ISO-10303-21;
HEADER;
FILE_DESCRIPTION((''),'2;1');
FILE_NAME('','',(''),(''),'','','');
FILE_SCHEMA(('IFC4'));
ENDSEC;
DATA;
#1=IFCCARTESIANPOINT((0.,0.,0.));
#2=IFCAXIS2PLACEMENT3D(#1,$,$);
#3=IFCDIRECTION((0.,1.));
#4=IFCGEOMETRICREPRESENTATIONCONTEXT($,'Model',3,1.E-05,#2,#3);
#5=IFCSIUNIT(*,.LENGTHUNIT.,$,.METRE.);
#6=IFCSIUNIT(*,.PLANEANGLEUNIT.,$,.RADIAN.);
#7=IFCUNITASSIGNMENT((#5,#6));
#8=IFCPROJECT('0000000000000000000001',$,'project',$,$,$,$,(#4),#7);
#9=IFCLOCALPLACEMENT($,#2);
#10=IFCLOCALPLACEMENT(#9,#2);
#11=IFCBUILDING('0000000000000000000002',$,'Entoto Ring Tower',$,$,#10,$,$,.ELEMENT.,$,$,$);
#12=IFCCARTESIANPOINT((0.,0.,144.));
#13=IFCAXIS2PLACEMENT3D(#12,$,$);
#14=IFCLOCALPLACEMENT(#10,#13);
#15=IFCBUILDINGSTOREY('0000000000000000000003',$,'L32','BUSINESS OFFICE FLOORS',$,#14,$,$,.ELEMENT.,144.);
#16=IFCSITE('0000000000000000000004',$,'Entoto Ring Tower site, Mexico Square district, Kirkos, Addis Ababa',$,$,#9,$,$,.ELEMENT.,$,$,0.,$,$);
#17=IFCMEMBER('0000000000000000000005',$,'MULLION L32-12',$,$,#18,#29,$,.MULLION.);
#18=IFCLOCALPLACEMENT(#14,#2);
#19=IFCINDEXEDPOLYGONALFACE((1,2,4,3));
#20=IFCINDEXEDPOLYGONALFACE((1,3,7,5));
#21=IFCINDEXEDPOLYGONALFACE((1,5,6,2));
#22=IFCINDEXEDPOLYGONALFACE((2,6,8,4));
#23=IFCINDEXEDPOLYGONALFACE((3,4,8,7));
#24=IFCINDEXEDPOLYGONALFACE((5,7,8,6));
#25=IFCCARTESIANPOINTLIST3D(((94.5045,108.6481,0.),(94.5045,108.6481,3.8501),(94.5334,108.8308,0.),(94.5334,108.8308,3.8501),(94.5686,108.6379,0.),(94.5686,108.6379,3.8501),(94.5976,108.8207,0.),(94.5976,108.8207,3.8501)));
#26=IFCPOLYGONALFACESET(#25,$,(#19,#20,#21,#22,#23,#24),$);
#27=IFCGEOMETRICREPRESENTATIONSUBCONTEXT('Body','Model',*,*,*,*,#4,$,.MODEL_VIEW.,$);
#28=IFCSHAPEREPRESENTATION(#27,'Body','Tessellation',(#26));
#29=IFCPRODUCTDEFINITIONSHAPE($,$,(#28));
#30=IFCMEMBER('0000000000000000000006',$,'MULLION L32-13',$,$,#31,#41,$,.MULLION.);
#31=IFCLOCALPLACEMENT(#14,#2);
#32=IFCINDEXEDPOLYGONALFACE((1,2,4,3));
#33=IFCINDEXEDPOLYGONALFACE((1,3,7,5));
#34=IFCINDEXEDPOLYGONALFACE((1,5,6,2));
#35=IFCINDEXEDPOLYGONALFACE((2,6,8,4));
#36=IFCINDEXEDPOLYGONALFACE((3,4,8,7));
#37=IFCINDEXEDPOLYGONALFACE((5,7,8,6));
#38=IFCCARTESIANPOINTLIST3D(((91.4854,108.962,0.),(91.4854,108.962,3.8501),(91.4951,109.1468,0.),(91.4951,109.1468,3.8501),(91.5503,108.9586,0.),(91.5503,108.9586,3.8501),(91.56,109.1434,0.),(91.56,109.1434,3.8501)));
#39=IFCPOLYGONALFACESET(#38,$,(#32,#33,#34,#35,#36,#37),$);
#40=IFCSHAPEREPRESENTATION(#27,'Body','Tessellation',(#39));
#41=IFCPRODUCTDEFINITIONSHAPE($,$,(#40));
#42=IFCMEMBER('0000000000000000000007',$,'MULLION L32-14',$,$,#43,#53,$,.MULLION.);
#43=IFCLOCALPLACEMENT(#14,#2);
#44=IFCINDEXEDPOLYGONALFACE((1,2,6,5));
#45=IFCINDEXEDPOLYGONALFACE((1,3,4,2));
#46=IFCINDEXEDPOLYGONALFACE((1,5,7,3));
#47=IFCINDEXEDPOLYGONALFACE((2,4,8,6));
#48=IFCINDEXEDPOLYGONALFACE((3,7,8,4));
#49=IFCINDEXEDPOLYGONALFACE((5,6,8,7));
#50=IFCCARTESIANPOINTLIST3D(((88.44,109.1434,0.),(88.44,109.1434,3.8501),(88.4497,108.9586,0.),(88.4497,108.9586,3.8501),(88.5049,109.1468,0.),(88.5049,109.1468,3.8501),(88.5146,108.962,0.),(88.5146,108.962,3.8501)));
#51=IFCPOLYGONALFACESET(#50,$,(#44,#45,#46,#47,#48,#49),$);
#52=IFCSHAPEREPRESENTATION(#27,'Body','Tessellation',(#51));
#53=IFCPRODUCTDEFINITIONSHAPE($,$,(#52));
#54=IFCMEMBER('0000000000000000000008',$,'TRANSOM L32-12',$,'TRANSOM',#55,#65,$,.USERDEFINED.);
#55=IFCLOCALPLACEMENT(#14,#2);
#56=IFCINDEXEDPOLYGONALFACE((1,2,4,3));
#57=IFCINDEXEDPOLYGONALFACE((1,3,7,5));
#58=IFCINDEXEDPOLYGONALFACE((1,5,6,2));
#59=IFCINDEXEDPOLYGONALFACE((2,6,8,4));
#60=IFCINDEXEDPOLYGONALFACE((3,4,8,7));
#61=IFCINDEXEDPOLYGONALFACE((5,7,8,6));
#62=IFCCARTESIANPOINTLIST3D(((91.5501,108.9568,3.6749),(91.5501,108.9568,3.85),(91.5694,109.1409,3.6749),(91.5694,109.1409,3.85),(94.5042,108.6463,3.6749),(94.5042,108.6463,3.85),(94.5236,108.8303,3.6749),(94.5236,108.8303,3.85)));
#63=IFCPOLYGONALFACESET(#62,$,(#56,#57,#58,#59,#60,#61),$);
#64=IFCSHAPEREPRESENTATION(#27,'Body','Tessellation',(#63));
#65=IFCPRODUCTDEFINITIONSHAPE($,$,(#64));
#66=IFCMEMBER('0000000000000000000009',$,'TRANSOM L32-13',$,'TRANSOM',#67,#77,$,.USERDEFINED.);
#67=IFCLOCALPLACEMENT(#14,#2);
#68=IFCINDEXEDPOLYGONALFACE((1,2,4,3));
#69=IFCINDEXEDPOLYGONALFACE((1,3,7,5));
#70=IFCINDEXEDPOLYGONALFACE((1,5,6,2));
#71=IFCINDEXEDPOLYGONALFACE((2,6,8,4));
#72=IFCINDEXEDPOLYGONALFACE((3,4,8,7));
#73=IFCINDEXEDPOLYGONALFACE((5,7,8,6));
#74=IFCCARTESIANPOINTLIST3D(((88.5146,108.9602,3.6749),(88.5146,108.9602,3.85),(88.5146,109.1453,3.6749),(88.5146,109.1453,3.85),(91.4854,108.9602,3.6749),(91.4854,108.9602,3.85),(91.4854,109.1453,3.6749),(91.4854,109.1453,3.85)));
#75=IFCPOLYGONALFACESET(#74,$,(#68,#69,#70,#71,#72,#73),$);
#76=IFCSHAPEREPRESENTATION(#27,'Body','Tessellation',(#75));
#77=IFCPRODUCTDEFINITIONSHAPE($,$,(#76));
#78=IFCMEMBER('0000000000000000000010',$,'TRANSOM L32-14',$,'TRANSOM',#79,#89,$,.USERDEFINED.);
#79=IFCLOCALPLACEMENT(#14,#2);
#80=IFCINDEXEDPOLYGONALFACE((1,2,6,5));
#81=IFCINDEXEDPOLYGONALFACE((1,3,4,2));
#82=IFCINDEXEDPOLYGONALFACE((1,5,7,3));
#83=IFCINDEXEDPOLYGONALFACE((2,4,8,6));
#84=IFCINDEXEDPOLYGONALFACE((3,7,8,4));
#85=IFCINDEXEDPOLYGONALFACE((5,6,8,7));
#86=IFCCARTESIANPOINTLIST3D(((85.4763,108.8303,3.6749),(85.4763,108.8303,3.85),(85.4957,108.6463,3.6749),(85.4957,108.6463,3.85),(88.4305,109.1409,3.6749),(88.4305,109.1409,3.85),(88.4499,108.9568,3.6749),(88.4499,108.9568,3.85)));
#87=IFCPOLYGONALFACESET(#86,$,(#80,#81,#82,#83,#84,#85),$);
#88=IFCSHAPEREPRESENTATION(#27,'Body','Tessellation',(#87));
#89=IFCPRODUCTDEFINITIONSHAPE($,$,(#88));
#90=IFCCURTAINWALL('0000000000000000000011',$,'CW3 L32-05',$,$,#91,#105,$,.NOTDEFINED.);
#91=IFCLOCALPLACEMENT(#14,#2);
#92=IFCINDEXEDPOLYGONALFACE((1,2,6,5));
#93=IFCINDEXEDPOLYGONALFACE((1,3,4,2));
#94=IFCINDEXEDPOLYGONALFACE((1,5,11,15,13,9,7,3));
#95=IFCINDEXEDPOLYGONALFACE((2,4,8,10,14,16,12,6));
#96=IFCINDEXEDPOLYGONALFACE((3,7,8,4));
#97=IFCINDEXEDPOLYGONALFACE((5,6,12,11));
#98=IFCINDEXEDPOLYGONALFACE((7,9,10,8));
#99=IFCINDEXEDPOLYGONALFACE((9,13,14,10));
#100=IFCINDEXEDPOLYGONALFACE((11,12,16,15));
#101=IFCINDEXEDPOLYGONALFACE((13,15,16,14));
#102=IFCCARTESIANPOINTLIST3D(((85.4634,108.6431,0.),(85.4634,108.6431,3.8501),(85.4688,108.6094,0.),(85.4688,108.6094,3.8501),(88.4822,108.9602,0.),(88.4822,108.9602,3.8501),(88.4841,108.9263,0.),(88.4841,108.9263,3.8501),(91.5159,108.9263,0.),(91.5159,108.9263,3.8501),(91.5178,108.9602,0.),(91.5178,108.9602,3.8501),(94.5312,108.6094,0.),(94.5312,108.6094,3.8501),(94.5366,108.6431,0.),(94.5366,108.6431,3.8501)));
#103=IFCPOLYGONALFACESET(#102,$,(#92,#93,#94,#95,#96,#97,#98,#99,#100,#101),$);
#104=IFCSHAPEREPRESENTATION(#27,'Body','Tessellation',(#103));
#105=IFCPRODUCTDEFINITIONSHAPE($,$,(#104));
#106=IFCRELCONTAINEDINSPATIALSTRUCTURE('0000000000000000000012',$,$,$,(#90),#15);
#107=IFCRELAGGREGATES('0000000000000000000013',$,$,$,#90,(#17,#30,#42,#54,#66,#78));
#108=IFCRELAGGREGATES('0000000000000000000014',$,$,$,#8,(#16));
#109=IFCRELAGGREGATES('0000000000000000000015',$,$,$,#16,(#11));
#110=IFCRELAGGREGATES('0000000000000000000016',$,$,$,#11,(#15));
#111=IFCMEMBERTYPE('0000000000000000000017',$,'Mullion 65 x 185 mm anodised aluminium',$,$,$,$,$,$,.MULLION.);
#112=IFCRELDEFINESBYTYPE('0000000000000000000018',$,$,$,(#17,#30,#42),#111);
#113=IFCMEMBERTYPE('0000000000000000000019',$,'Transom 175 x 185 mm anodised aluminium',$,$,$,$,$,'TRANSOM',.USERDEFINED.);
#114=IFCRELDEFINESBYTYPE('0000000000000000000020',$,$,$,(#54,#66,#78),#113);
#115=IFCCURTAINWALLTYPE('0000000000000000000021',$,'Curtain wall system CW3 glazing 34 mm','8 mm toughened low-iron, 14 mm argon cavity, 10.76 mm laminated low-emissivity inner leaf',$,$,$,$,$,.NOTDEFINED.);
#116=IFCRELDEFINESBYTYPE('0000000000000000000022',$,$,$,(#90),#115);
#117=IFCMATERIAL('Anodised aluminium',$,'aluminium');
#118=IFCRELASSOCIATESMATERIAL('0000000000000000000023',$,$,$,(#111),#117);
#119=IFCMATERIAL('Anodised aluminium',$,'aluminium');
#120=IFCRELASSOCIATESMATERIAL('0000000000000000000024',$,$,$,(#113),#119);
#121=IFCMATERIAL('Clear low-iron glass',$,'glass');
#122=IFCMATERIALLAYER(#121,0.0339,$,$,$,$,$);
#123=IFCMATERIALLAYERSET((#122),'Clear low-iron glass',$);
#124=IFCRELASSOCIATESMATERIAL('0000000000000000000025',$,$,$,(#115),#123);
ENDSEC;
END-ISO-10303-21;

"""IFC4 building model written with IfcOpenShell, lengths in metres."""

from ifc_helpers import new_model, si_unit, direction, frame, origin, origin_2d, place, context, subcontext, project, spatial, polyline, rectangle, outline, extrude, material, layer, layer_set, material_profile, profile_set, type_object, element, aggregate, save


model = new_model("IFC4")

# Units and contexts
model_context = context("Model", 3, precision=1e-05, world=origin(), true_north=direction((0.0, 1.0)))
body_context = subcontext(model_context, "Body", "Model", "MODEL_VIEW")
ifc_project = project(units=[si_unit("LENGTHUNIT", "METRE"), si_unit("PLANEANGLEUNIT", "RADIAN")], contexts=[model_context])

# Members
ifc_material_1 = material(Name="Anodised aluminium", Category="aluminium")
ifc_material_profile_1 = material_profile(ifc_material_1, rectangle(XDim=0.0649, YDim=0.1851, at=origin_2d()), Name="Mullion 65 x 185 mm anodised aluminium")
ifc_profile_set_1 = profile_set([ifc_material_profile_1], Name="Anodised aluminium")
member_type_1 = type_object("IfcMemberType", Name="Mullion 65 x 185 mm anodised aluminium", PredefinedType="MULLION", material=ifc_profile_set_1)
site_placement = place(None, origin())
building_placement = place(site_placement, origin())
storey_placement = place(building_placement, frame((0.0, 0.0, 144.0)))
member_1_placement = place(storey_placement, frame((94.551, 108.7344, 0.0), z_axis=(0.0, 0.0, 1.0), x_axis=(-0.987688, 0.156434, 0.0)))
member_1 = element("IfcMember", 1, at=member_1_placement, type_object=member_type_1, Name="MULLION L32-12", PredefinedType="MULLION", context=body_context, shape_type="SweptSolid", body=[
    extrude(rectangle(XDim=0.0649, YDim=0.1851, at=origin_2d()), origin(), (0.0, 0.0, 1.0), 3.8501),
])
member_2_placement = place(storey_placement, frame((91.5227, 109.0527, 0.0), z_axis=(0.0, 0.0, 1.0), x_axis=(-0.99863, 0.052336, 0.0)))
member_2 = element("IfcMember", 2, at=member_2_placement, type_object=member_type_1, Name="MULLION L32-13", PredefinedType="MULLION", context=body_context, shape_type="SweptSolid", body=[
    extrude(rectangle(XDim=0.0649, YDim=0.1851, at=origin_2d()), origin(), (0.0, 0.0, 1.0), 3.8501),
])
member_3_placement = place(storey_placement, frame((88.4773, 109.0527, 0.0), z_axis=(0.0, 0.0, 1.0), x_axis=(-0.99863, -0.052336, 0.0)))
member_3 = element("IfcMember", 3, at=member_3_placement, type_object=member_type_1, Name="MULLION L32-14", PredefinedType="MULLION", context=body_context, shape_type="SweptSolid", body=[
    extrude(rectangle(XDim=0.0649, YDim=0.1851, at=origin_2d()), origin(), (0.0, 0.0, 1.0), 3.8501),
])
ifc_material_2 = material(Name="Anodised aluminium", Category="aluminium")
ifc_material_profile_2 = material_profile(ifc_material_2, rectangle(XDim=0.1851, YDim=0.175, at=origin_2d()), Name="Transom 175 x 185 mm anodised aluminium")
ifc_profile_set_2 = profile_set([ifc_material_profile_2], Name="Anodised aluminium")
member_type_2 = type_object("IfcMemberType", Name="Transom 175 x 185 mm anodised aluminium", ElementType="TRANSOM", PredefinedType="USERDEFINED", material=ifc_profile_set_2)
member_4_placement = place(storey_placement, frame((94.5139, 108.7383, 3.7625), z_axis=(-0.99452, 0.104548, 0.0), x_axis=(-0.104548, -0.99452, 0.0)))
member_4 = element("IfcMember", 4, at=member_4_placement, type_object=member_type_2, Name="TRANSOM L32-12", ObjectType="TRANSOM", PredefinedType="USERDEFINED", context=body_context, shape_type="SweptSolid", body=[
    extrude(rectangle(XDim=0.1851, YDim=0.175, at=origin_2d()), origin(), (0.0, 0.0, 1.0), 2.9705),
])
member_5_placement = place(storey_placement, frame((91.4854, 109.0527, 3.7625), z_axis=(-1.0, 0.0, 0.0), x_axis=(0.0, -1.0, 0.0)))
member_5 = element("IfcMember", 5, at=member_5_placement, type_object=member_type_2, Name="TRANSOM L32-13", ObjectType="TRANSOM", PredefinedType="USERDEFINED", context=body_context, shape_type="SweptSolid", body=[
    extrude(rectangle(XDim=0.1851, YDim=0.175, at=origin_2d()), origin(), (0.0, 0.0, 1.0), 2.9707),
])
member_6_placement = place(storey_placement, frame((88.4402, 109.0488, 3.7625), z_axis=(-0.99452, -0.104548, 0.0), x_axis=(0.104548, -0.99452, 0.0)))
member_6 = element("IfcMember", 6, at=member_6_placement, type_object=member_type_2, Name="TRANSOM L32-14", ObjectType="TRANSOM", PredefinedType="USERDEFINED", context=body_context, shape_type="SweptSolid", body=[
    extrude(rectangle(XDim=0.1851, YDim=0.175, at=origin_2d()), origin(), (0.0, 0.0, 1.0), 2.9705),
])

# Site, building, storey
site = spatial("IfcSite", under=ifc_project, at=site_placement, Name="Entoto Ring Tower site, Mexico Square district, Kirkos, Addis Ababa", CompositionType="ELEMENT", RefElevation=0.0)
building = spatial("IfcBuilding", under=site, at=building_placement, Name="Entoto Ring Tower", CompositionType="ELEMENT")
storey = spatial("IfcBuildingStorey", under=building, at=storey_placement, Name="L32", Description="BUSINESS OFFICE FLOORS", CompositionType="ELEMENT", Elevation=144.0)

# Curtain wall
ifc_material_3 = material(Name="Clear low-iron glass", Category="glass")
ifc_layer = layer(ifc_material_3, 0.0339)
ifc_layer_set = layer_set([ifc_layer], Name="Clear low-iron glass")
curtain_wall_type = type_object("IfcCurtainWallType", Name="Curtain wall system CW3 glazing 34 mm", Description="8 mm toughened low-iron, 14 mm argon cavity, 10.76 mm laminated low-emissivity inner leaf", PredefinedType="NOTDEFINED", material=ifc_layer_set)
curtain_wall_1_placement = place(storey_placement, origin())
curtain_wall_1 = element("IfcCurtainWall", 7, at=curtain_wall_1_placement, inside=storey, type_object=curtain_wall_type, Name="CW3 L32-05", PredefinedType="NOTDEFINED", context=body_context, shape_type="SweptSolid", body=[
    extrude(outline(polyline([(94.5366, 108.6431), (91.5178, 108.9602), (88.4822, 108.9602), (85.4634, 108.6431), (85.4688, 108.6094), (88.4841, 108.9263), (91.5159, 108.9263), (94.5312, 108.6094), (94.5366, 108.6431)])), origin(), (0.0, 0.0, 1.0), 3.8501),
])
aggregate(curtain_wall_1, [member_1, member_2, member_3, member_4, member_5, member_6])

save(model, "model.ifc")
